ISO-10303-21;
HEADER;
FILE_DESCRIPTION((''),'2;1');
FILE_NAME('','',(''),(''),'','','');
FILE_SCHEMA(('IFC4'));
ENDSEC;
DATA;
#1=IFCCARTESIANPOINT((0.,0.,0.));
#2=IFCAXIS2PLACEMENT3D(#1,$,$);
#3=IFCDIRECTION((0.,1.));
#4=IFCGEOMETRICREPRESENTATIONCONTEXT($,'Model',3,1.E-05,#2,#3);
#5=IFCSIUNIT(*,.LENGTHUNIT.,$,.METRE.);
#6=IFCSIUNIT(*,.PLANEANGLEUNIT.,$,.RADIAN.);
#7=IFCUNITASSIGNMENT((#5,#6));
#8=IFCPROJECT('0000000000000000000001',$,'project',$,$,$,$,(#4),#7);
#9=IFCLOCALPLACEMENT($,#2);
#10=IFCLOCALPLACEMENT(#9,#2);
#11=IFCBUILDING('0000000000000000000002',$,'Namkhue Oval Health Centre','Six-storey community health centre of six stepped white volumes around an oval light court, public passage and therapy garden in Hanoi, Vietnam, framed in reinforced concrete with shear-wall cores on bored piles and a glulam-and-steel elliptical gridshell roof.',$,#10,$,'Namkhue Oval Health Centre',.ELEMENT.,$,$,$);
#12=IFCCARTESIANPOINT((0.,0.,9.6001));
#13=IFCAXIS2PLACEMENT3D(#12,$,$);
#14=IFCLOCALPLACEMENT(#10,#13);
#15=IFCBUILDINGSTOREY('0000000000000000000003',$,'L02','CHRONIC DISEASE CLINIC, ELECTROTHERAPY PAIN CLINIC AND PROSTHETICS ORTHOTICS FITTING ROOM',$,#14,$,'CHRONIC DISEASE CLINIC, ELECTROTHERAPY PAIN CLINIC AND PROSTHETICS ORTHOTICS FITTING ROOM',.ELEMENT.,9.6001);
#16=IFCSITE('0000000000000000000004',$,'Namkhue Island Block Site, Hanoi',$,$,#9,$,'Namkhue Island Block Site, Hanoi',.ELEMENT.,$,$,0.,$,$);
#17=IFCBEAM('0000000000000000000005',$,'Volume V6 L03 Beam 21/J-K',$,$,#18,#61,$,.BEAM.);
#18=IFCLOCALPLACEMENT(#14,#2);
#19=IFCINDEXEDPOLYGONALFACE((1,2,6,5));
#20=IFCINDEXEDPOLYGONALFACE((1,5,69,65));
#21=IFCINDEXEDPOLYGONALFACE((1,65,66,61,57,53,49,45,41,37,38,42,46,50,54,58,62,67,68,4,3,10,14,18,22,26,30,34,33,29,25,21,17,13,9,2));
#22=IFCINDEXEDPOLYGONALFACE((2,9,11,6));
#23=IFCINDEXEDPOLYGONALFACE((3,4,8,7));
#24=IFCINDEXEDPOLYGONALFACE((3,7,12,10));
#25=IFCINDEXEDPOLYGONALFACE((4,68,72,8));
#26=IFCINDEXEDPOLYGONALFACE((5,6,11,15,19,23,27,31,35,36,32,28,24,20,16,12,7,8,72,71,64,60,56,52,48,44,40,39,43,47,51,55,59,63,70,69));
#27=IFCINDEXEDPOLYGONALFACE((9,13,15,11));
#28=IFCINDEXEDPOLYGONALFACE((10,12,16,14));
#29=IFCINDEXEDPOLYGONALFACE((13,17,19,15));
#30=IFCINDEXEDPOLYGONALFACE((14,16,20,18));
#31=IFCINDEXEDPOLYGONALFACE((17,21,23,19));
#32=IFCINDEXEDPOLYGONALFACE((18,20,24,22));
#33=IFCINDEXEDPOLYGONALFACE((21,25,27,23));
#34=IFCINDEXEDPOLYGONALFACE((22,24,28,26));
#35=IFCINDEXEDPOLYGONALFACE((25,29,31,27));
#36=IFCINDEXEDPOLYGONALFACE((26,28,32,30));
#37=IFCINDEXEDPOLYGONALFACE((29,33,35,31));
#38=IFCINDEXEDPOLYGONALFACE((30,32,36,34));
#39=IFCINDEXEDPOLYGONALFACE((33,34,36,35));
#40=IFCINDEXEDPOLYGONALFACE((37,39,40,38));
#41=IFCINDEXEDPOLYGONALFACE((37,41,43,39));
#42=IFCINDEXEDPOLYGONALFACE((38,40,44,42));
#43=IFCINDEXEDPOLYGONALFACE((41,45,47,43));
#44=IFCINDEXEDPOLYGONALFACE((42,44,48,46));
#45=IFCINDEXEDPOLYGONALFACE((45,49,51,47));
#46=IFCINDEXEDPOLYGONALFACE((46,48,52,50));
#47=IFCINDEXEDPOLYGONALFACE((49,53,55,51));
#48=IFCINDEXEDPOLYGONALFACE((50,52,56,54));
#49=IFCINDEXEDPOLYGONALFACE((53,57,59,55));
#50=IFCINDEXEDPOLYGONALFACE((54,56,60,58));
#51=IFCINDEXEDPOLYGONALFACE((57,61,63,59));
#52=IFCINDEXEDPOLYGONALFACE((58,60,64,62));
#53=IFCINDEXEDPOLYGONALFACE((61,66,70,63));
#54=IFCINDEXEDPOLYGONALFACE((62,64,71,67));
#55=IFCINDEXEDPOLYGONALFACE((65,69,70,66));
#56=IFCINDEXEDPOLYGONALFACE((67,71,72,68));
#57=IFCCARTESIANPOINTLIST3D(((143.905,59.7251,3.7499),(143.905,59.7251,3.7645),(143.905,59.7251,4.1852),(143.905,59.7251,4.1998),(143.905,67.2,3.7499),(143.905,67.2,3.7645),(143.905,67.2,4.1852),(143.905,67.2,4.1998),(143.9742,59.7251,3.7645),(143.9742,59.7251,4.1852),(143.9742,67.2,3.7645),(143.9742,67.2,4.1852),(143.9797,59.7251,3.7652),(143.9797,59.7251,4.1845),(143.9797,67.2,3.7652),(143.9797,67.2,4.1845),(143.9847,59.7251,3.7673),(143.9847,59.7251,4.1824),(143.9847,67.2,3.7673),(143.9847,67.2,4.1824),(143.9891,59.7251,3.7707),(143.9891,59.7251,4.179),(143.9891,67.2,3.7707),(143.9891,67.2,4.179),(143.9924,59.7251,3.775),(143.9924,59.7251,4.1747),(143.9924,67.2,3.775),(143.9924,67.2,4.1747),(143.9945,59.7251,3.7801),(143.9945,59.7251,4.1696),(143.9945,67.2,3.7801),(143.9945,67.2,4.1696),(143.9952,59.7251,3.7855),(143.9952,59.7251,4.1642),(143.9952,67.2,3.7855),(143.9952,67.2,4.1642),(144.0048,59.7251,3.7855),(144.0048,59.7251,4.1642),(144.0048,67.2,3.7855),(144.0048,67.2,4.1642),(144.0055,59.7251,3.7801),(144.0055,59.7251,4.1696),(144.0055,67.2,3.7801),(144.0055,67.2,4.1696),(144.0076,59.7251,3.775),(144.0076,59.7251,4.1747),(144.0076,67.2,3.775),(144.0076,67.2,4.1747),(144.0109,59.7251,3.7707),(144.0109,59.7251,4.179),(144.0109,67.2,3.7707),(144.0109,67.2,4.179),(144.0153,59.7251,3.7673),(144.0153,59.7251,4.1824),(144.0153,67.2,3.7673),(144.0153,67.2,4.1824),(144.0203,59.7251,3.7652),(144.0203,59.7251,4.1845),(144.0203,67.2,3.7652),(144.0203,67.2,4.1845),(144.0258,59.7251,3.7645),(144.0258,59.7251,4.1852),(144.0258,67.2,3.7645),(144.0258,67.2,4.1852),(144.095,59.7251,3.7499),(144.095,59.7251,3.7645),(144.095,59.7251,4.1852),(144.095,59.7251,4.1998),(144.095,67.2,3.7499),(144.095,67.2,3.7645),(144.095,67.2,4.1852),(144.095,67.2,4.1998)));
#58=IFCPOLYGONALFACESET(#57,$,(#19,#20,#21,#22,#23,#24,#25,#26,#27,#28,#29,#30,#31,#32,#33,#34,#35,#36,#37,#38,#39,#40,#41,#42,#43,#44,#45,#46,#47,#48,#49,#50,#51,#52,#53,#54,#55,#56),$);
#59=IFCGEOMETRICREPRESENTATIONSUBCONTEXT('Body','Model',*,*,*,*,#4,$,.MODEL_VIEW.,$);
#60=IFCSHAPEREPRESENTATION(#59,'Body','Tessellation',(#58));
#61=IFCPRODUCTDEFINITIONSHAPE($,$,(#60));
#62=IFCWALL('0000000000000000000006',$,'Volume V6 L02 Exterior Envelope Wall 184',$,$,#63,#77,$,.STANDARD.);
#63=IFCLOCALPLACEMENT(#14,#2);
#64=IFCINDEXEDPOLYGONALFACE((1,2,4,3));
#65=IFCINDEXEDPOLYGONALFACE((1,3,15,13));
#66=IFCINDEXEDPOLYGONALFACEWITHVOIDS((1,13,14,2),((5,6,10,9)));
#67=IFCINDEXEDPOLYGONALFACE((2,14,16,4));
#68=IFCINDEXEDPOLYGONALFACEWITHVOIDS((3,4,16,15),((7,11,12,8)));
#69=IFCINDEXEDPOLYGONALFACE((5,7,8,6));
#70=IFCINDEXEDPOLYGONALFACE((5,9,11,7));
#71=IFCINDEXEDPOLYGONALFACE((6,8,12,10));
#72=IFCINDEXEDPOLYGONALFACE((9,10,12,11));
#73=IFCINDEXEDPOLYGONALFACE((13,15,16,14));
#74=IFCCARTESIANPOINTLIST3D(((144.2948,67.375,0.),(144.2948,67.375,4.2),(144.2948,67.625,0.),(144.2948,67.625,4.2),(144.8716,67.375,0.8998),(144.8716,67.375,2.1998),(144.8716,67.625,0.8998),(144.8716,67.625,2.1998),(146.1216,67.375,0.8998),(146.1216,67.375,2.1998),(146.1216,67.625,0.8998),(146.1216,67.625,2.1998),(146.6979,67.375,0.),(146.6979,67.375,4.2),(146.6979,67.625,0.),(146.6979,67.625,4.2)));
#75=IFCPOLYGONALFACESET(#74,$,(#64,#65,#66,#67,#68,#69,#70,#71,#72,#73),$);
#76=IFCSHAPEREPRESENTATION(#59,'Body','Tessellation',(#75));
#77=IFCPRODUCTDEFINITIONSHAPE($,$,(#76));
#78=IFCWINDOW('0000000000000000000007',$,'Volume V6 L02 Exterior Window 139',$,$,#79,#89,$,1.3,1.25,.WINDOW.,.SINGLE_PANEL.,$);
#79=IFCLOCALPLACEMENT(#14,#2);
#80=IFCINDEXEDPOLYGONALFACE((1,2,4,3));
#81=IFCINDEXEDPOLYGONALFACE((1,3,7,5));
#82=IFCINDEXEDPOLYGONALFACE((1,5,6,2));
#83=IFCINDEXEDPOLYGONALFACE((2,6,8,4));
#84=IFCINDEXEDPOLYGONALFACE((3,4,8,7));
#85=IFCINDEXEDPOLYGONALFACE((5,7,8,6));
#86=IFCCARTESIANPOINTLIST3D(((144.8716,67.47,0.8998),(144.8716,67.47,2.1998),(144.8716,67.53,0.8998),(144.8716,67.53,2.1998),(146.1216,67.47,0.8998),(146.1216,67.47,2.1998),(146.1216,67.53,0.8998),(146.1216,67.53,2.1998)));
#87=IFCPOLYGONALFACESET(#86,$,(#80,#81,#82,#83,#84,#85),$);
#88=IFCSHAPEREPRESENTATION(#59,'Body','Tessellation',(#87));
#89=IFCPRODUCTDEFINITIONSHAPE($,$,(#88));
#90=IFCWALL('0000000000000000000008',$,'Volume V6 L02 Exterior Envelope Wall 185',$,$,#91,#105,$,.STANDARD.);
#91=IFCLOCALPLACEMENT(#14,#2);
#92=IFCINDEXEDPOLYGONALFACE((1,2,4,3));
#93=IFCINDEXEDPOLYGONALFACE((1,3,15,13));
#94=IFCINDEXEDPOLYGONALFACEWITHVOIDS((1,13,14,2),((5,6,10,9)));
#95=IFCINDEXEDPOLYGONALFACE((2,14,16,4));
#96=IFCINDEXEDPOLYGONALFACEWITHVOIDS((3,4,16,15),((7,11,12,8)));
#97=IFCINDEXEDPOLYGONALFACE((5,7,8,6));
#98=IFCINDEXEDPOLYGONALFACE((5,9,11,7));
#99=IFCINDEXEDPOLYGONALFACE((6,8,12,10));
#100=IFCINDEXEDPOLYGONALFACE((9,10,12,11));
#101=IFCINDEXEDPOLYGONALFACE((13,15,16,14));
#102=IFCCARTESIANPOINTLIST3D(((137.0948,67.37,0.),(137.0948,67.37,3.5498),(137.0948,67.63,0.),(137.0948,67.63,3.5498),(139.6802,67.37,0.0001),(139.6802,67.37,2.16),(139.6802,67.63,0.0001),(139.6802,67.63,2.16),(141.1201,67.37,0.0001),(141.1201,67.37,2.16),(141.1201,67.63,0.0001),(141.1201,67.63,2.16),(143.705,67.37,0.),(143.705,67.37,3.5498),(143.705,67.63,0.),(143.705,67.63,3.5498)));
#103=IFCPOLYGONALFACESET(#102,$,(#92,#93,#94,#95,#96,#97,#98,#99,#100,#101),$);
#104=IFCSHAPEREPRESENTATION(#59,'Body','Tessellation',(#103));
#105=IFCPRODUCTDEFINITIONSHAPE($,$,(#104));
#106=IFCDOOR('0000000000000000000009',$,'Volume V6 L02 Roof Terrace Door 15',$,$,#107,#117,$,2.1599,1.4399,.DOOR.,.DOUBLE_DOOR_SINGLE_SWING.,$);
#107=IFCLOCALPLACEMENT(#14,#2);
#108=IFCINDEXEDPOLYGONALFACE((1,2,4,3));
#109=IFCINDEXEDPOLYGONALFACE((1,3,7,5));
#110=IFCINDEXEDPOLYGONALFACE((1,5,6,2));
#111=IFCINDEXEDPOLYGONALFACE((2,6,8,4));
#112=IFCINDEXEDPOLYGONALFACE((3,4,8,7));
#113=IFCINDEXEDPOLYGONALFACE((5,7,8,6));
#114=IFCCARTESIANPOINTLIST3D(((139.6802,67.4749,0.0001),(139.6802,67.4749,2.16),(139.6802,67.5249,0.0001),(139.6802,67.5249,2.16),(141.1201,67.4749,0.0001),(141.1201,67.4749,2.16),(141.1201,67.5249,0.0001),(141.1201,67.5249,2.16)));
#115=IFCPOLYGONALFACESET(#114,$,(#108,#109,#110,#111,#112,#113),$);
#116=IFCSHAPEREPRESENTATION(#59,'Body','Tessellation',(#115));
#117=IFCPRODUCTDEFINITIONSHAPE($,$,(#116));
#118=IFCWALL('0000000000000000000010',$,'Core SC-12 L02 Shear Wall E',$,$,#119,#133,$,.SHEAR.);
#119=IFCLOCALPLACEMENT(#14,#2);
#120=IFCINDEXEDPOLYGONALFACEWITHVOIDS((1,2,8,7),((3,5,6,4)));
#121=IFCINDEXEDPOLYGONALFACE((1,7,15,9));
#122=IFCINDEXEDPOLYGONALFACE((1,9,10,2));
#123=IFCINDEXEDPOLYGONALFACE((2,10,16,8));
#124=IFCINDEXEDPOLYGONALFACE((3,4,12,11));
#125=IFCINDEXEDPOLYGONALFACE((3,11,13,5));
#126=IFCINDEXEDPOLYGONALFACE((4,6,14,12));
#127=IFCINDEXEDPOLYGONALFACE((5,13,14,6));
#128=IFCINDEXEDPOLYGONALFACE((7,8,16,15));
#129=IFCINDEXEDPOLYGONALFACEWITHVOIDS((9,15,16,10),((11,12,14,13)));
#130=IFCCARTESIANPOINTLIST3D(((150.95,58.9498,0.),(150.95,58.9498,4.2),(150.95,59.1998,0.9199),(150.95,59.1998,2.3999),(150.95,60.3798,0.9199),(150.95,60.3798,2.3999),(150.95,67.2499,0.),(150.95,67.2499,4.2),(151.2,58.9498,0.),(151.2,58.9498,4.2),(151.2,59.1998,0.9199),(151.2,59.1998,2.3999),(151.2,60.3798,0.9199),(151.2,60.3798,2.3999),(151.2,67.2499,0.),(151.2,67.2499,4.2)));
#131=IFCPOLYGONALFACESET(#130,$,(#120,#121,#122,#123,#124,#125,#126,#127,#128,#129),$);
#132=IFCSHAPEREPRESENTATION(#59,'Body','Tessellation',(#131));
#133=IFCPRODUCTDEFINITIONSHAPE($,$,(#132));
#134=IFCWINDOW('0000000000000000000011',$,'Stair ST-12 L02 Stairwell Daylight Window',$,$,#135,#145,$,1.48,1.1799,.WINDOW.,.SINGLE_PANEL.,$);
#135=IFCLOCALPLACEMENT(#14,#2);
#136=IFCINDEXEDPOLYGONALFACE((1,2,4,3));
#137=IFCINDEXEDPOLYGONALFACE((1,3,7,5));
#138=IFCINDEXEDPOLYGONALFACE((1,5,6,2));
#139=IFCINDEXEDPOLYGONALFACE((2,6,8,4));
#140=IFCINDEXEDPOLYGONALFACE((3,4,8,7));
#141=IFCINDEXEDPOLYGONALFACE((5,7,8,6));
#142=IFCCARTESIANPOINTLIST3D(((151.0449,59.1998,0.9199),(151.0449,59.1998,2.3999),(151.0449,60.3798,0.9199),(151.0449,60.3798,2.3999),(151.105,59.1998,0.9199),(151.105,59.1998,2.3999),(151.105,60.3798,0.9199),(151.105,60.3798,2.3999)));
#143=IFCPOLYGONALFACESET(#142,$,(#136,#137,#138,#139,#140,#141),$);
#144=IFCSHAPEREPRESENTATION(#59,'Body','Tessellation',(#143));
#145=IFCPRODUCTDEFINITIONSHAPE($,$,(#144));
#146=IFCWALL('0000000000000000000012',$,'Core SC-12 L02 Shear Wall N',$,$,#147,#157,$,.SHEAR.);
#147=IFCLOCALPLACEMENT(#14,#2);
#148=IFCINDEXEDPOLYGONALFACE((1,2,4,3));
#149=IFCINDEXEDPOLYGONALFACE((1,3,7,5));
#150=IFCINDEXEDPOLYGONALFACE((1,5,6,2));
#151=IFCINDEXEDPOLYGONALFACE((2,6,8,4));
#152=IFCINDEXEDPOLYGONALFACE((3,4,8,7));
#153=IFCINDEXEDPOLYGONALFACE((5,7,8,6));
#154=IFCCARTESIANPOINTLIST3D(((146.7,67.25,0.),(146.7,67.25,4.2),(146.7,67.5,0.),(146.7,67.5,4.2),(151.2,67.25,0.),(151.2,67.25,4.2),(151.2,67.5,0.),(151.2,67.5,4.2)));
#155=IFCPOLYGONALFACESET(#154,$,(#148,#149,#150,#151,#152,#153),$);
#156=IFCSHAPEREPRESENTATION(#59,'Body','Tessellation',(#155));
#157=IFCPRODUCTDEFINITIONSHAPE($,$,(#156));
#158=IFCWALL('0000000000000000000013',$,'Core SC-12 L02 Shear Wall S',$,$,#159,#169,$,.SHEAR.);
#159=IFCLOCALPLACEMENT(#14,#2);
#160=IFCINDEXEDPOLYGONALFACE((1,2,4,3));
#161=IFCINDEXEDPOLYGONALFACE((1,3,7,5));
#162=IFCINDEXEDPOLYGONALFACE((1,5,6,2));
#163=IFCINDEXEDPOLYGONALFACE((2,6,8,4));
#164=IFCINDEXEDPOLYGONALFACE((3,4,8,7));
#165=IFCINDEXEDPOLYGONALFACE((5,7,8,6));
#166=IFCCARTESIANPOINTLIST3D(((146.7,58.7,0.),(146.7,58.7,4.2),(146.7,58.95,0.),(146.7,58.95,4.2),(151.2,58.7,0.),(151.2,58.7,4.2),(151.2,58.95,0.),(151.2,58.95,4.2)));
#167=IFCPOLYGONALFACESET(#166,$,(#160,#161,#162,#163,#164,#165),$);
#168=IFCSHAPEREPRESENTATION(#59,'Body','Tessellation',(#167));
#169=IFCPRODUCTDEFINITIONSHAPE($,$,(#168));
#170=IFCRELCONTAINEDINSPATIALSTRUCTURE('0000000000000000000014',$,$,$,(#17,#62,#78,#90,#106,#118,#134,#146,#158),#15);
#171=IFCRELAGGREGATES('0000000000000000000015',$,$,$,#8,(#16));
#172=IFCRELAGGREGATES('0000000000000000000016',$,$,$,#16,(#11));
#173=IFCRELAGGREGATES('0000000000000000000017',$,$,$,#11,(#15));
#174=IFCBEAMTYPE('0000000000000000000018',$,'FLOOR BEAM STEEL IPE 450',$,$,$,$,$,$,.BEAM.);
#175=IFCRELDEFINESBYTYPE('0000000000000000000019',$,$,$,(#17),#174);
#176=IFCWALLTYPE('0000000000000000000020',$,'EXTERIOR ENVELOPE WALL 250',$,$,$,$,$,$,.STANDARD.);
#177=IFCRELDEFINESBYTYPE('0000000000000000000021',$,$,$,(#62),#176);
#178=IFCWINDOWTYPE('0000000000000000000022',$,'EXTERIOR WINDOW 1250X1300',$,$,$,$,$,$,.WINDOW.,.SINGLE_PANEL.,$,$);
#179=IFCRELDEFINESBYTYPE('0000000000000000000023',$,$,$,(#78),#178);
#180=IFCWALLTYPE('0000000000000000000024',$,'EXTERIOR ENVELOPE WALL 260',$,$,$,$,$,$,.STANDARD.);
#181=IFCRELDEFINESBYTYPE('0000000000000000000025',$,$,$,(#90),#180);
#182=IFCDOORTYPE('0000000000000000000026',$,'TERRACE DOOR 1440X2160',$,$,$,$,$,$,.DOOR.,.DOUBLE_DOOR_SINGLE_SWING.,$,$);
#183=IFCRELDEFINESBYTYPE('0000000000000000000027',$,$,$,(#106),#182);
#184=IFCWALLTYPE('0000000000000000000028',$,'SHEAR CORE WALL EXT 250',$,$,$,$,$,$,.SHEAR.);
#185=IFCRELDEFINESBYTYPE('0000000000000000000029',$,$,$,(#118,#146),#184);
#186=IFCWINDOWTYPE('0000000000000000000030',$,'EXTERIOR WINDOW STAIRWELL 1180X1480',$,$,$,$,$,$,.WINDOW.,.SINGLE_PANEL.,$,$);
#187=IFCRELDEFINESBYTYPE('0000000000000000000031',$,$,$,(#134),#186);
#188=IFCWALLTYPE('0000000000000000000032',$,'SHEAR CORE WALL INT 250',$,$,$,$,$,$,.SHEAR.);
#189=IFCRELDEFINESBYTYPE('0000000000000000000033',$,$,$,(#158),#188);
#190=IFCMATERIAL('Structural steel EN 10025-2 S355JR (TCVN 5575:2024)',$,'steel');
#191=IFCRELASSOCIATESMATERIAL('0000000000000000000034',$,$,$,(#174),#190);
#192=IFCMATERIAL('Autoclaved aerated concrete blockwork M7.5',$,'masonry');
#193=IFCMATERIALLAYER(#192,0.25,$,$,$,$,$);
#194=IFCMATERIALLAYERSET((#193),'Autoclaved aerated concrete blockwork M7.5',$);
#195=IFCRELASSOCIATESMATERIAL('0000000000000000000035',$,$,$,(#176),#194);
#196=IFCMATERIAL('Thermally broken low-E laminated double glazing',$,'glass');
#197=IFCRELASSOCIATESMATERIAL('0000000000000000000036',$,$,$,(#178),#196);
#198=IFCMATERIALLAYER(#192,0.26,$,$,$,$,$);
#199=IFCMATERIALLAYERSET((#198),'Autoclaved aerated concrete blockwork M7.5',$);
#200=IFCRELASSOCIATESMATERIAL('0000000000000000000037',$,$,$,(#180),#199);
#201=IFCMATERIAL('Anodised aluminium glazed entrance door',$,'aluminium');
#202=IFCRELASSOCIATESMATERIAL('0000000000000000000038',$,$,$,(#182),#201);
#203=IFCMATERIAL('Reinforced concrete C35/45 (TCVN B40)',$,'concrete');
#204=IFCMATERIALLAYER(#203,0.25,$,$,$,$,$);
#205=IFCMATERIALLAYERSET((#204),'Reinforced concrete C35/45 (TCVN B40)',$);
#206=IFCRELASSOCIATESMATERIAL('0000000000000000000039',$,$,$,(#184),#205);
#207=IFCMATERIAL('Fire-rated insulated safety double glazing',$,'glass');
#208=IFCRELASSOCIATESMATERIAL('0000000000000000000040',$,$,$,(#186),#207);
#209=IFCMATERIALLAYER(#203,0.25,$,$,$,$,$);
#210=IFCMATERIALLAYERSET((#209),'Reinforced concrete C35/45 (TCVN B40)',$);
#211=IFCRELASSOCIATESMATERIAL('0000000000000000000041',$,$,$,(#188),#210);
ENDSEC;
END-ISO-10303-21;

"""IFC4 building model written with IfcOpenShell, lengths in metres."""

from ifc_helpers import new_model, si_unit, direction, frame, frame_2d, origin, origin_2d, place, context, subcontext, project, spatial, rectangle, i_section, extrude, material, layer, layer_set, material_profile, profile_set, type_object, element, fill, save


model = new_model("IFC4")

# Units and contexts
model_context = context("Model", 3, precision=1e-05, world=origin(), true_north=direction((0.0, 1.0)))
body_context = subcontext(model_context, "Body", "Model", "MODEL_VIEW")
ifc_project = project(units=[si_unit("LENGTHUNIT", "METRE"), si_unit("PLANEANGLEUNIT", "RADIAN")], contexts=[model_context])

# Site, building, storey
site_placement = place(None, origin())
site = spatial("IfcSite", under=ifc_project, at=site_placement, Name="Namkhue Island Block Site, Hanoi", LongName="Namkhue Island Block Site, Hanoi", CompositionType="ELEMENT", RefElevation=0.0)
building_placement = place(site_placement, origin())
building = spatial("IfcBuilding", under=site, at=building_placement, Name="Namkhue Oval Health Centre", Description="Six-storey community health centre of six stepped white volumes around an oval light court, public passage and therapy garden in Hanoi, Vietnam, framed in reinforced concrete with shear-wall cores on bored piles and a glulam-and-steel elliptical gridshell roof.", LongName="Namkhue Oval Health Centre", CompositionType="ELEMENT")
storey_placement = place(building_placement, frame((0.0, 0.0, 9.6001)))
storey = spatial("IfcBuildingStorey", under=building, at=storey_placement, Name="L02", Description="CHRONIC DISEASE CLINIC, ELECTROTHERAPY PAIN CLINIC AND PROSTHETICS ORTHOTICS FITTING ROOM", LongName="CHRONIC DISEASE CLINIC, ELECTROTHERAPY PAIN CLINIC AND PROSTHETICS ORTHOTICS FITTING ROOM", CompositionType="ELEMENT", Elevation=9.6001)

# Shared definitions
ifc_material_1 = material(Name="Reinforced concrete C35/45 (TCVN B40)", Category="concrete")

# Beam
ifc_material_2 = material(Name="Structural steel EN 10025-2 S355JR (TCVN 5575:2024)", Category="steel")
ifc_material_profile_1 = material_profile(ifc_material_2, i_section(OverallWidth=0.1899, OverallDepth=0.45, WebThickness=0.0095, FlangeThickness=0.0146, FilletRadius=0.021, at=origin_2d()), Name="IPE 450")
ifc_profile_set_1 = profile_set([ifc_material_profile_1], Name="Structural steel EN 10025-2 S355JR (TCVN 5575:2024)")
beam_type = type_object("IfcBeamType", Name="FLOOR BEAM STEEL IPE 450", PredefinedType="BEAM", material=ifc_profile_set_1)
beam_placement = place(storey_placement, frame((144.0, 59.7251, 3.9749), z_axis=(0.0, 1.0, 0.0), x_axis=(-1.0, 0.0, 0.0)))
element("IfcBeam", 1, at=beam_placement, inside=storey, type_object=beam_type, Name="Volume V6 L03 Beam 21/J-K", PredefinedType="BEAM", context=body_context, shape_type="SweptSolid", body=[
    extrude(i_section(OverallWidth=0.1899, OverallDepth=0.45, WebThickness=0.0095, FlangeThickness=0.0146, FilletRadius=0.021, at=origin_2d()), origin(), (0.0, 0.0, 1.0), 7.4749),
])

# Wall, opening, window
ifc_material_3 = material(Name="Autoclaved aerated concrete blockwork M7.5", Category="masonry")
ifc_layer_1 = layer(ifc_material_3, 0.25)
ifc_layer_set_1 = layer_set([ifc_layer_1], Name="Autoclaved aerated concrete blockwork M7.5")
wall_type_1 = type_object("IfcWallType", Name="EXTERIOR ENVELOPE WALL 250", PredefinedType="STANDARD", material=ifc_layer_set_1)
wall_1_placement = place(storey_placement, frame((146.698, 67.5, 0.0), z_axis=(0.0, 0.0, 1.0), x_axis=(-1.0, 0.0, 0.0)))
wall_1 = element("IfcWall", 2, at=wall_1_placement, inside=storey, type_object=wall_type_1, Name="Volume V6 L02 Exterior Envelope Wall 184", PredefinedType="STANDARD", context=body_context, shape_type="SweptSolid", body=[
    extrude(rectangle(XDim=2.4031, YDim=0.25, at=frame_2d((1.2017, 0.0))), origin(), (0.0, 0.0, 1.0), 4.2),
])
opening_1_placement = place(wall_1_placement, frame((0.5764, 0.0, 0.8999)))
opening_1 = element("IfcOpeningElement", 3, at=opening_1_placement, cuts=wall_1, PredefinedType="OPENING", context=body_context, shape_type="SweptSolid", body=[
    extrude(rectangle(XDim=1.25, YDim=1.3, at=frame_2d((0.625, 0.6499))), frame((0.0, 0.135, 0.0), z_axis=(0.0, -1.0, 0.0), x_axis=(1.0, 0.0, 0.0)), (0.0, 0.0, 1.0), 0.27),
])
ifc_material_4 = material(Name="Thermally broken low-E laminated double glazing", Category="glass")
window_type_1 = type_object("IfcWindowType", Name="EXTERIOR WINDOW 1250X1300", PartitioningType="SINGLE_PANEL", PredefinedType="WINDOW", material=ifc_material_4)
window_1_placement = place(opening_1_placement, origin())
window_1 = element("IfcWindow", 4, at=window_1_placement, inside=storey, type_object=window_type_1, Name="Volume V6 L02 Exterior Window 139", OverallHeight=1.3, OverallWidth=1.25, PartitioningType="SINGLE_PANEL", PredefinedType="WINDOW", context=body_context, shape_type="SweptSolid", body=[
    extrude(rectangle(XDim=1.25, YDim=1.3, at=frame_2d((0.625, 0.6499))), frame((0.0, 0.03, 0.0), z_axis=(0.0, -1.0, 0.0), x_axis=(1.0, 0.0, 0.0)), (0.0, 0.0, 1.0), 0.0601),
])
fill(opening_1, window_1)

# Wall, opening, door
ifc_layer_2 = layer(ifc_material_3, 0.26)
ifc_layer_set_2 = layer_set([ifc_layer_2], Name="Autoclaved aerated concrete blockwork M7.5")
wall_type_2 = type_object("IfcWallType", Name="EXTERIOR ENVELOPE WALL 260", PredefinedType="STANDARD", material=ifc_layer_set_2)
wall_2_placement = place(storey_placement, frame((143.7051, 67.5, 0.0), z_axis=(0.0, 0.0, 1.0), x_axis=(-1.0, 0.0, 0.0)))
wall_2 = element("IfcWall", 5, at=wall_2_placement, inside=storey, type_object=wall_type_2, Name="Volume V6 L02 Exterior Envelope Wall 185", PredefinedType="STANDARD", context=body_context, shape_type="SweptSolid", body=[
    extrude(rectangle(XDim=6.6101, YDim=0.26, at=frame_2d((3.3052, 0.0))), origin(), (0.0, 0.0, 1.0), 3.5498),
])
opening_2_placement = place(wall_2_placement, frame((2.585, 0.0, 0.0)))
opening_2 = element("IfcOpeningElement", 6, at=opening_2_placement, cuts=wall_2, PredefinedType="OPENING", context=body_context, shape_type="SweptSolid", body=[
    extrude(rectangle(XDim=1.4399, YDim=2.1599, at=frame_2d((0.72, 1.0801))), frame((0.0, 0.1399, 0.0), z_axis=(0.0, -1.0, 0.0), x_axis=(1.0, 0.0, 0.0)), (0.0, 0.0, 1.0), 0.28),
])
ifc_material_5 = material(Name="Anodised aluminium glazed entrance door", Category="aluminium")
door_type_1 = type_object("IfcDoorType", Name="TERRACE DOOR 1440X2160", OperationType="DOUBLE_DOOR_SINGLE_SWING", PredefinedType="DOOR", material=ifc_material_5)
door_1_placement = place(opening_2_placement, frame((1.4399, 0.0, 0.0), z_axis=(0.0, 0.0, 1.0), x_axis=(-1.0, 0.0, 0.0)))
door_1 = element("IfcDoor", 7, at=door_1_placement, inside=storey, type_object=door_type_1, Name="Volume V6 L02 Roof Terrace Door 15", OperationType="DOUBLE_DOOR_SINGLE_SWING", OverallHeight=2.1599, OverallWidth=1.4399, PredefinedType="DOOR", context=body_context, shape_type="SweptSolid", body=[
    extrude(rectangle(XDim=1.4399, YDim=2.1599, at=frame_2d((0.72, 1.0801))), frame((0.0, 0.0249, 0.0), z_axis=(0.0, -1.0, 0.0), x_axis=(1.0, 0.0, 0.0)), (0.0, 0.0, 1.0), 0.05),
])
fill(opening_2, door_1)

# Wall, opening, window
ifc_layer_3 = layer(ifc_material_1, 0.25)
ifc_layer_set_3 = layer_set([ifc_layer_3], Name="Reinforced concrete C35/45 (TCVN B40)")
wall_type_3 = type_object("IfcWallType", Name="SHEAR CORE WALL EXT 250", PredefinedType="SHEAR", material=ifc_layer_set_3)
wall_3_placement = place(storey_placement, frame((151.075, 58.95, 0.0), z_axis=(0.0, 0.0, 1.0), x_axis=(0.0, 1.0, 0.0)))
wall_3 = element("IfcWall", 8, at=wall_3_placement, inside=storey, type_object=wall_type_3, Name="Core SC-12 L02 Shear Wall E", PredefinedType="SHEAR", context=body_context, shape_type="SweptSolid", body=[
    extrude(rectangle(XDim=8.3, YDim=0.25, at=frame_2d((4.1499, 0.0))), origin(), (0.0, 0.0, 1.0), 4.2),
])
opening_3_placement = place(wall_3_placement, frame((0.25, 0.0, 0.9199)))
opening_3 = element("IfcOpeningElement", 9, at=opening_3_placement, cuts=wall_3, PredefinedType="OPENING", context=body_context, shape_type="SweptSolid", body=[
    extrude(rectangle(XDim=1.1799, YDim=1.48, at=frame_2d((0.5898, 0.74))), frame((0.0, 0.135, 0.0), z_axis=(0.0, -1.0, 0.0), x_axis=(1.0, 0.0, 0.0)), (0.0, 0.0, 1.0), 0.27),
])
ifc_material_6 = material(Name="Fire-rated insulated safety double glazing", Category="glass")
window_type_2 = type_object("IfcWindowType", Name="EXTERIOR WINDOW STAIRWELL 1180X1480", PartitioningType="SINGLE_PANEL", PredefinedType="WINDOW", material=ifc_material_6)
window_2_placement = place(opening_3_placement, origin())
window_2 = element("IfcWindow", 10, at=window_2_placement, inside=storey, type_object=window_type_2, Name="Stair ST-12 L02 Stairwell Daylight Window", OverallHeight=1.48, OverallWidth=1.1799, PartitioningType="SINGLE_PANEL", PredefinedType="WINDOW", context=body_context, shape_type="SweptSolid", body=[
    extrude(rectangle(XDim=1.1799, YDim=1.48, at=frame_2d((0.5898, 0.74))), frame((0.0, 0.03, 0.0), z_axis=(0.0, -1.0, 0.0), x_axis=(1.0, 0.0, 0.0)), (0.0, 0.0, 1.0), 0.0601),
])
fill(opening_3, window_2)

# Walls
wall_4_placement = place(storey_placement, frame((151.2, 67.375, 0.0), z_axis=(0.0, 0.0, 1.0), x_axis=(-1.0, 0.0, 0.0)))
element("IfcWall", 11, at=wall_4_placement, inside=storey, type_object=wall_type_3, Name="Core SC-12 L02 Shear Wall N", PredefinedType="SHEAR", context=body_context, shape_type="SweptSolid", body=[
    extrude(rectangle(XDim=4.5, YDim=0.25, at=frame_2d((2.25, 0.0))), origin(), (0.0, 0.0, 1.0), 4.2),
])
ifc_layer_4 = layer(ifc_material_1, 0.25)
ifc_layer_set_4 = layer_set([ifc_layer_4], Name="Reinforced concrete C35/45 (TCVN B40)")
wall_type_4 = type_object("IfcWallType", Name="SHEAR CORE WALL INT 250", PredefinedType="SHEAR", material=ifc_layer_set_4)
wall_5_placement = place(storey_placement, frame((146.7, 58.825, 0.0), z_axis=(0.0, 0.0, 1.0), x_axis=(1.0, 0.0, 0.0)))
element("IfcWall", 12, at=wall_5_placement, inside=storey, type_object=wall_type_4, Name="Core SC-12 L02 Shear Wall S", PredefinedType="SHEAR", context=body_context, shape_type="SweptSolid", body=[
    extrude(rectangle(XDim=4.5, YDim=0.25, at=frame_2d((2.25, 0.0))), origin(), (0.0, 0.0, 1.0), 4.2),
])

save(model, "model.ifc")
